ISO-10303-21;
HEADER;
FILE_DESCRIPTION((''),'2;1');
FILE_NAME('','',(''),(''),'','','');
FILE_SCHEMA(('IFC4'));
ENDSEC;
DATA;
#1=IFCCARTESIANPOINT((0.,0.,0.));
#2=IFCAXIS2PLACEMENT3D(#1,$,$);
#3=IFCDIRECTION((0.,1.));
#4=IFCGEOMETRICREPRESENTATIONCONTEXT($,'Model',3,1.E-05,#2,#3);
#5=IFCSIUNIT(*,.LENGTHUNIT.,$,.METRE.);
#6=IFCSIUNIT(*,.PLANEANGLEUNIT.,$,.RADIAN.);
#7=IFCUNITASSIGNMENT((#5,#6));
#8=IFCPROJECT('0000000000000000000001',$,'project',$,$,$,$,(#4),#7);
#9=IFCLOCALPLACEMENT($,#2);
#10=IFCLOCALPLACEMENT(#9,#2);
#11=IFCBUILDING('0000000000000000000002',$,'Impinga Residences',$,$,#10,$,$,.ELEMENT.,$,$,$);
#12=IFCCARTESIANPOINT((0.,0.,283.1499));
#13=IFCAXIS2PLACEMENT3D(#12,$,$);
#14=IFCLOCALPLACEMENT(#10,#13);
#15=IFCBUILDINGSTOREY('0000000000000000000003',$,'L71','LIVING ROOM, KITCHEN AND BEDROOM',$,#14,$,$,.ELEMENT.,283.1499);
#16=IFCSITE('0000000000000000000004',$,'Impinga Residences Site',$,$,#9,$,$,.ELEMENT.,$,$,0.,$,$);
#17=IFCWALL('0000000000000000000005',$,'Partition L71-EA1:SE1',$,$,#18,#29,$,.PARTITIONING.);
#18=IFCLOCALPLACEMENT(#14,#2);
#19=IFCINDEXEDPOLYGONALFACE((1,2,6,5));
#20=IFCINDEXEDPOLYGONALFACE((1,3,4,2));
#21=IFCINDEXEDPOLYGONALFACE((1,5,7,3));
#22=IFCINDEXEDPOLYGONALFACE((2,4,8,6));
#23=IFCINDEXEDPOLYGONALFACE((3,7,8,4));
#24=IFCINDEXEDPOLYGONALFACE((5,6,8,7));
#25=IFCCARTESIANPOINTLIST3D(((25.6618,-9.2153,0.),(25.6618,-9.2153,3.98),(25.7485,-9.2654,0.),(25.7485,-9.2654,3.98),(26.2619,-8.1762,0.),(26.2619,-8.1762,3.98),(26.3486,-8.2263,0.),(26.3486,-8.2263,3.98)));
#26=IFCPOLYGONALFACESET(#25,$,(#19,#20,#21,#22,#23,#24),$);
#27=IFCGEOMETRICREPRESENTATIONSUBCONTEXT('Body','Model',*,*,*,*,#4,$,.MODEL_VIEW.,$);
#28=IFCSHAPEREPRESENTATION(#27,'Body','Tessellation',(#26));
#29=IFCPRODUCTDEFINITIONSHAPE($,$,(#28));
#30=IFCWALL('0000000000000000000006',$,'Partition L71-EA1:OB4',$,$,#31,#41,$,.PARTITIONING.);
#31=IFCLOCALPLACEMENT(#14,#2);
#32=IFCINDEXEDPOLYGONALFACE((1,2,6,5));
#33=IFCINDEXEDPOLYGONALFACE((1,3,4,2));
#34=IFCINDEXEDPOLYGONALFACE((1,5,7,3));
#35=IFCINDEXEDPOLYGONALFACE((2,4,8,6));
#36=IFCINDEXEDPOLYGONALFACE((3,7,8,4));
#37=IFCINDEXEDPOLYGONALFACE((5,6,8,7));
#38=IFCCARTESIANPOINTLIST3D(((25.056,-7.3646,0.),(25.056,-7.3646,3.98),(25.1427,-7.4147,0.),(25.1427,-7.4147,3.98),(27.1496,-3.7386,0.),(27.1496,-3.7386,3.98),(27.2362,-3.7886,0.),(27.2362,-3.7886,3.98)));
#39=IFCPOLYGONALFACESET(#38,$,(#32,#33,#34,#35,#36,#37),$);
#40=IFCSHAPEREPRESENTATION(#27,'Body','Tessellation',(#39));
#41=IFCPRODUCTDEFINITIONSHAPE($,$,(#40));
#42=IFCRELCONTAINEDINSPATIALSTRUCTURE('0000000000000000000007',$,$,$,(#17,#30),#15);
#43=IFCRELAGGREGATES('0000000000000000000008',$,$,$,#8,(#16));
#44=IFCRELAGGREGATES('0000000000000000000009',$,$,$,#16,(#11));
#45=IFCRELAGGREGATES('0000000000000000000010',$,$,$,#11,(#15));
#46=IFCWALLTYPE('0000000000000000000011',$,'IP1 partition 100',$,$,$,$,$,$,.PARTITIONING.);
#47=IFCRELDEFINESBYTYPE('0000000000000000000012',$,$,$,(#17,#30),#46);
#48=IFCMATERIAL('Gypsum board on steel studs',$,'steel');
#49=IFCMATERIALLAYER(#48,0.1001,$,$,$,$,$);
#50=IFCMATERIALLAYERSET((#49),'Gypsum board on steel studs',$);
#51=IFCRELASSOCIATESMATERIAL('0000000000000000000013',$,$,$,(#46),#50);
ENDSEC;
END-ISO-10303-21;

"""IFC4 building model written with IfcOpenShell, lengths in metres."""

from ifc_helpers import new_model, si_unit, direction, frame, frame_2d, origin, place, context, subcontext, project, spatial, rectangle, extrude, material, layer, layer_set, type_object, element, save


model = new_model("IFC4")

# Units and contexts
model_context = context("Model", 3, precision=1e-05, world=origin(), true_north=direction((0.0, 1.0)))
body_context = subcontext(model_context, "Body", "Model", "MODEL_VIEW")
ifc_project = project(units=[si_unit("LENGTHUNIT", "METRE"), si_unit("PLANEANGLEUNIT", "RADIAN")], contexts=[model_context])

# Site, building, storey
site_placement = place(None, origin())
site = spatial("IfcSite", under=ifc_project, at=site_placement, Name="Impinga Residences Site", CompositionType="ELEMENT", RefElevation=0.0)
building_placement = place(site_placement, origin())
building = spatial("IfcBuilding", under=site, at=building_placement, Name="Impinga Residences", CompositionType="ELEMENT")
storey_placement = place(building_placement, frame((0.0, 0.0, 283.1499)))
storey = spatial("IfcBuildingStorey", under=building, at=storey_placement, Name="L71", Description="LIVING ROOM, KITCHEN AND BEDROOM", CompositionType="ELEMENT", Elevation=283.1499)

# Walls
ifc_material_1 = material(Name="Gypsum board on steel studs", Category="steel")
ifc_layer_1 = layer(ifc_material_1, 0.1001)
ifc_layer_set_1 = layer_set([ifc_layer_1], Name="Gypsum board on steel studs")
wall_type_1 = type_object("IfcWallType", Name="IP1 partition 100", PredefinedType="PARTITIONING", material=ifc_layer_set_1)
wall_1_placement = place(storey_placement, frame((25.7051, -9.2405, 0.0), z_axis=(0.0, 0.0, 1.0), x_axis=(0.500122, 0.865955, 0.0)))
element("IfcWall", 1, at=wall_1_placement, inside=storey, type_object=wall_type_1, Name="Partition L71-EA1:SE1", PredefinedType="PARTITIONING", context=body_context, shape_type="SweptSolid", body=[
    extrude(rectangle(XDim=1.2, YDim=0.1001, at=frame_2d((0.6001, 0.0))), origin(), (0.0, 0.0, 1.0), 3.98),
])
wall_2_placement = place(storey_placement, frame((25.0994, -7.3896, 0.0), z_axis=(0.0, 0.0, 1.0), x_axis=(0.500008, 0.866021, 0.0)))
element("IfcWall", 2, at=wall_2_placement, inside=storey, type_object=wall_type_1, Name="Partition L71-EA1:OB4", PredefinedType="PARTITIONING", context=body_context, shape_type="SweptSolid", body=[
    extrude(rectangle(XDim=4.187, YDim=0.1001, at=frame_2d((2.0935, 0.0))), origin(), (0.0, 0.0, 1.0), 3.98),
])

save(model, "model.ifc")
